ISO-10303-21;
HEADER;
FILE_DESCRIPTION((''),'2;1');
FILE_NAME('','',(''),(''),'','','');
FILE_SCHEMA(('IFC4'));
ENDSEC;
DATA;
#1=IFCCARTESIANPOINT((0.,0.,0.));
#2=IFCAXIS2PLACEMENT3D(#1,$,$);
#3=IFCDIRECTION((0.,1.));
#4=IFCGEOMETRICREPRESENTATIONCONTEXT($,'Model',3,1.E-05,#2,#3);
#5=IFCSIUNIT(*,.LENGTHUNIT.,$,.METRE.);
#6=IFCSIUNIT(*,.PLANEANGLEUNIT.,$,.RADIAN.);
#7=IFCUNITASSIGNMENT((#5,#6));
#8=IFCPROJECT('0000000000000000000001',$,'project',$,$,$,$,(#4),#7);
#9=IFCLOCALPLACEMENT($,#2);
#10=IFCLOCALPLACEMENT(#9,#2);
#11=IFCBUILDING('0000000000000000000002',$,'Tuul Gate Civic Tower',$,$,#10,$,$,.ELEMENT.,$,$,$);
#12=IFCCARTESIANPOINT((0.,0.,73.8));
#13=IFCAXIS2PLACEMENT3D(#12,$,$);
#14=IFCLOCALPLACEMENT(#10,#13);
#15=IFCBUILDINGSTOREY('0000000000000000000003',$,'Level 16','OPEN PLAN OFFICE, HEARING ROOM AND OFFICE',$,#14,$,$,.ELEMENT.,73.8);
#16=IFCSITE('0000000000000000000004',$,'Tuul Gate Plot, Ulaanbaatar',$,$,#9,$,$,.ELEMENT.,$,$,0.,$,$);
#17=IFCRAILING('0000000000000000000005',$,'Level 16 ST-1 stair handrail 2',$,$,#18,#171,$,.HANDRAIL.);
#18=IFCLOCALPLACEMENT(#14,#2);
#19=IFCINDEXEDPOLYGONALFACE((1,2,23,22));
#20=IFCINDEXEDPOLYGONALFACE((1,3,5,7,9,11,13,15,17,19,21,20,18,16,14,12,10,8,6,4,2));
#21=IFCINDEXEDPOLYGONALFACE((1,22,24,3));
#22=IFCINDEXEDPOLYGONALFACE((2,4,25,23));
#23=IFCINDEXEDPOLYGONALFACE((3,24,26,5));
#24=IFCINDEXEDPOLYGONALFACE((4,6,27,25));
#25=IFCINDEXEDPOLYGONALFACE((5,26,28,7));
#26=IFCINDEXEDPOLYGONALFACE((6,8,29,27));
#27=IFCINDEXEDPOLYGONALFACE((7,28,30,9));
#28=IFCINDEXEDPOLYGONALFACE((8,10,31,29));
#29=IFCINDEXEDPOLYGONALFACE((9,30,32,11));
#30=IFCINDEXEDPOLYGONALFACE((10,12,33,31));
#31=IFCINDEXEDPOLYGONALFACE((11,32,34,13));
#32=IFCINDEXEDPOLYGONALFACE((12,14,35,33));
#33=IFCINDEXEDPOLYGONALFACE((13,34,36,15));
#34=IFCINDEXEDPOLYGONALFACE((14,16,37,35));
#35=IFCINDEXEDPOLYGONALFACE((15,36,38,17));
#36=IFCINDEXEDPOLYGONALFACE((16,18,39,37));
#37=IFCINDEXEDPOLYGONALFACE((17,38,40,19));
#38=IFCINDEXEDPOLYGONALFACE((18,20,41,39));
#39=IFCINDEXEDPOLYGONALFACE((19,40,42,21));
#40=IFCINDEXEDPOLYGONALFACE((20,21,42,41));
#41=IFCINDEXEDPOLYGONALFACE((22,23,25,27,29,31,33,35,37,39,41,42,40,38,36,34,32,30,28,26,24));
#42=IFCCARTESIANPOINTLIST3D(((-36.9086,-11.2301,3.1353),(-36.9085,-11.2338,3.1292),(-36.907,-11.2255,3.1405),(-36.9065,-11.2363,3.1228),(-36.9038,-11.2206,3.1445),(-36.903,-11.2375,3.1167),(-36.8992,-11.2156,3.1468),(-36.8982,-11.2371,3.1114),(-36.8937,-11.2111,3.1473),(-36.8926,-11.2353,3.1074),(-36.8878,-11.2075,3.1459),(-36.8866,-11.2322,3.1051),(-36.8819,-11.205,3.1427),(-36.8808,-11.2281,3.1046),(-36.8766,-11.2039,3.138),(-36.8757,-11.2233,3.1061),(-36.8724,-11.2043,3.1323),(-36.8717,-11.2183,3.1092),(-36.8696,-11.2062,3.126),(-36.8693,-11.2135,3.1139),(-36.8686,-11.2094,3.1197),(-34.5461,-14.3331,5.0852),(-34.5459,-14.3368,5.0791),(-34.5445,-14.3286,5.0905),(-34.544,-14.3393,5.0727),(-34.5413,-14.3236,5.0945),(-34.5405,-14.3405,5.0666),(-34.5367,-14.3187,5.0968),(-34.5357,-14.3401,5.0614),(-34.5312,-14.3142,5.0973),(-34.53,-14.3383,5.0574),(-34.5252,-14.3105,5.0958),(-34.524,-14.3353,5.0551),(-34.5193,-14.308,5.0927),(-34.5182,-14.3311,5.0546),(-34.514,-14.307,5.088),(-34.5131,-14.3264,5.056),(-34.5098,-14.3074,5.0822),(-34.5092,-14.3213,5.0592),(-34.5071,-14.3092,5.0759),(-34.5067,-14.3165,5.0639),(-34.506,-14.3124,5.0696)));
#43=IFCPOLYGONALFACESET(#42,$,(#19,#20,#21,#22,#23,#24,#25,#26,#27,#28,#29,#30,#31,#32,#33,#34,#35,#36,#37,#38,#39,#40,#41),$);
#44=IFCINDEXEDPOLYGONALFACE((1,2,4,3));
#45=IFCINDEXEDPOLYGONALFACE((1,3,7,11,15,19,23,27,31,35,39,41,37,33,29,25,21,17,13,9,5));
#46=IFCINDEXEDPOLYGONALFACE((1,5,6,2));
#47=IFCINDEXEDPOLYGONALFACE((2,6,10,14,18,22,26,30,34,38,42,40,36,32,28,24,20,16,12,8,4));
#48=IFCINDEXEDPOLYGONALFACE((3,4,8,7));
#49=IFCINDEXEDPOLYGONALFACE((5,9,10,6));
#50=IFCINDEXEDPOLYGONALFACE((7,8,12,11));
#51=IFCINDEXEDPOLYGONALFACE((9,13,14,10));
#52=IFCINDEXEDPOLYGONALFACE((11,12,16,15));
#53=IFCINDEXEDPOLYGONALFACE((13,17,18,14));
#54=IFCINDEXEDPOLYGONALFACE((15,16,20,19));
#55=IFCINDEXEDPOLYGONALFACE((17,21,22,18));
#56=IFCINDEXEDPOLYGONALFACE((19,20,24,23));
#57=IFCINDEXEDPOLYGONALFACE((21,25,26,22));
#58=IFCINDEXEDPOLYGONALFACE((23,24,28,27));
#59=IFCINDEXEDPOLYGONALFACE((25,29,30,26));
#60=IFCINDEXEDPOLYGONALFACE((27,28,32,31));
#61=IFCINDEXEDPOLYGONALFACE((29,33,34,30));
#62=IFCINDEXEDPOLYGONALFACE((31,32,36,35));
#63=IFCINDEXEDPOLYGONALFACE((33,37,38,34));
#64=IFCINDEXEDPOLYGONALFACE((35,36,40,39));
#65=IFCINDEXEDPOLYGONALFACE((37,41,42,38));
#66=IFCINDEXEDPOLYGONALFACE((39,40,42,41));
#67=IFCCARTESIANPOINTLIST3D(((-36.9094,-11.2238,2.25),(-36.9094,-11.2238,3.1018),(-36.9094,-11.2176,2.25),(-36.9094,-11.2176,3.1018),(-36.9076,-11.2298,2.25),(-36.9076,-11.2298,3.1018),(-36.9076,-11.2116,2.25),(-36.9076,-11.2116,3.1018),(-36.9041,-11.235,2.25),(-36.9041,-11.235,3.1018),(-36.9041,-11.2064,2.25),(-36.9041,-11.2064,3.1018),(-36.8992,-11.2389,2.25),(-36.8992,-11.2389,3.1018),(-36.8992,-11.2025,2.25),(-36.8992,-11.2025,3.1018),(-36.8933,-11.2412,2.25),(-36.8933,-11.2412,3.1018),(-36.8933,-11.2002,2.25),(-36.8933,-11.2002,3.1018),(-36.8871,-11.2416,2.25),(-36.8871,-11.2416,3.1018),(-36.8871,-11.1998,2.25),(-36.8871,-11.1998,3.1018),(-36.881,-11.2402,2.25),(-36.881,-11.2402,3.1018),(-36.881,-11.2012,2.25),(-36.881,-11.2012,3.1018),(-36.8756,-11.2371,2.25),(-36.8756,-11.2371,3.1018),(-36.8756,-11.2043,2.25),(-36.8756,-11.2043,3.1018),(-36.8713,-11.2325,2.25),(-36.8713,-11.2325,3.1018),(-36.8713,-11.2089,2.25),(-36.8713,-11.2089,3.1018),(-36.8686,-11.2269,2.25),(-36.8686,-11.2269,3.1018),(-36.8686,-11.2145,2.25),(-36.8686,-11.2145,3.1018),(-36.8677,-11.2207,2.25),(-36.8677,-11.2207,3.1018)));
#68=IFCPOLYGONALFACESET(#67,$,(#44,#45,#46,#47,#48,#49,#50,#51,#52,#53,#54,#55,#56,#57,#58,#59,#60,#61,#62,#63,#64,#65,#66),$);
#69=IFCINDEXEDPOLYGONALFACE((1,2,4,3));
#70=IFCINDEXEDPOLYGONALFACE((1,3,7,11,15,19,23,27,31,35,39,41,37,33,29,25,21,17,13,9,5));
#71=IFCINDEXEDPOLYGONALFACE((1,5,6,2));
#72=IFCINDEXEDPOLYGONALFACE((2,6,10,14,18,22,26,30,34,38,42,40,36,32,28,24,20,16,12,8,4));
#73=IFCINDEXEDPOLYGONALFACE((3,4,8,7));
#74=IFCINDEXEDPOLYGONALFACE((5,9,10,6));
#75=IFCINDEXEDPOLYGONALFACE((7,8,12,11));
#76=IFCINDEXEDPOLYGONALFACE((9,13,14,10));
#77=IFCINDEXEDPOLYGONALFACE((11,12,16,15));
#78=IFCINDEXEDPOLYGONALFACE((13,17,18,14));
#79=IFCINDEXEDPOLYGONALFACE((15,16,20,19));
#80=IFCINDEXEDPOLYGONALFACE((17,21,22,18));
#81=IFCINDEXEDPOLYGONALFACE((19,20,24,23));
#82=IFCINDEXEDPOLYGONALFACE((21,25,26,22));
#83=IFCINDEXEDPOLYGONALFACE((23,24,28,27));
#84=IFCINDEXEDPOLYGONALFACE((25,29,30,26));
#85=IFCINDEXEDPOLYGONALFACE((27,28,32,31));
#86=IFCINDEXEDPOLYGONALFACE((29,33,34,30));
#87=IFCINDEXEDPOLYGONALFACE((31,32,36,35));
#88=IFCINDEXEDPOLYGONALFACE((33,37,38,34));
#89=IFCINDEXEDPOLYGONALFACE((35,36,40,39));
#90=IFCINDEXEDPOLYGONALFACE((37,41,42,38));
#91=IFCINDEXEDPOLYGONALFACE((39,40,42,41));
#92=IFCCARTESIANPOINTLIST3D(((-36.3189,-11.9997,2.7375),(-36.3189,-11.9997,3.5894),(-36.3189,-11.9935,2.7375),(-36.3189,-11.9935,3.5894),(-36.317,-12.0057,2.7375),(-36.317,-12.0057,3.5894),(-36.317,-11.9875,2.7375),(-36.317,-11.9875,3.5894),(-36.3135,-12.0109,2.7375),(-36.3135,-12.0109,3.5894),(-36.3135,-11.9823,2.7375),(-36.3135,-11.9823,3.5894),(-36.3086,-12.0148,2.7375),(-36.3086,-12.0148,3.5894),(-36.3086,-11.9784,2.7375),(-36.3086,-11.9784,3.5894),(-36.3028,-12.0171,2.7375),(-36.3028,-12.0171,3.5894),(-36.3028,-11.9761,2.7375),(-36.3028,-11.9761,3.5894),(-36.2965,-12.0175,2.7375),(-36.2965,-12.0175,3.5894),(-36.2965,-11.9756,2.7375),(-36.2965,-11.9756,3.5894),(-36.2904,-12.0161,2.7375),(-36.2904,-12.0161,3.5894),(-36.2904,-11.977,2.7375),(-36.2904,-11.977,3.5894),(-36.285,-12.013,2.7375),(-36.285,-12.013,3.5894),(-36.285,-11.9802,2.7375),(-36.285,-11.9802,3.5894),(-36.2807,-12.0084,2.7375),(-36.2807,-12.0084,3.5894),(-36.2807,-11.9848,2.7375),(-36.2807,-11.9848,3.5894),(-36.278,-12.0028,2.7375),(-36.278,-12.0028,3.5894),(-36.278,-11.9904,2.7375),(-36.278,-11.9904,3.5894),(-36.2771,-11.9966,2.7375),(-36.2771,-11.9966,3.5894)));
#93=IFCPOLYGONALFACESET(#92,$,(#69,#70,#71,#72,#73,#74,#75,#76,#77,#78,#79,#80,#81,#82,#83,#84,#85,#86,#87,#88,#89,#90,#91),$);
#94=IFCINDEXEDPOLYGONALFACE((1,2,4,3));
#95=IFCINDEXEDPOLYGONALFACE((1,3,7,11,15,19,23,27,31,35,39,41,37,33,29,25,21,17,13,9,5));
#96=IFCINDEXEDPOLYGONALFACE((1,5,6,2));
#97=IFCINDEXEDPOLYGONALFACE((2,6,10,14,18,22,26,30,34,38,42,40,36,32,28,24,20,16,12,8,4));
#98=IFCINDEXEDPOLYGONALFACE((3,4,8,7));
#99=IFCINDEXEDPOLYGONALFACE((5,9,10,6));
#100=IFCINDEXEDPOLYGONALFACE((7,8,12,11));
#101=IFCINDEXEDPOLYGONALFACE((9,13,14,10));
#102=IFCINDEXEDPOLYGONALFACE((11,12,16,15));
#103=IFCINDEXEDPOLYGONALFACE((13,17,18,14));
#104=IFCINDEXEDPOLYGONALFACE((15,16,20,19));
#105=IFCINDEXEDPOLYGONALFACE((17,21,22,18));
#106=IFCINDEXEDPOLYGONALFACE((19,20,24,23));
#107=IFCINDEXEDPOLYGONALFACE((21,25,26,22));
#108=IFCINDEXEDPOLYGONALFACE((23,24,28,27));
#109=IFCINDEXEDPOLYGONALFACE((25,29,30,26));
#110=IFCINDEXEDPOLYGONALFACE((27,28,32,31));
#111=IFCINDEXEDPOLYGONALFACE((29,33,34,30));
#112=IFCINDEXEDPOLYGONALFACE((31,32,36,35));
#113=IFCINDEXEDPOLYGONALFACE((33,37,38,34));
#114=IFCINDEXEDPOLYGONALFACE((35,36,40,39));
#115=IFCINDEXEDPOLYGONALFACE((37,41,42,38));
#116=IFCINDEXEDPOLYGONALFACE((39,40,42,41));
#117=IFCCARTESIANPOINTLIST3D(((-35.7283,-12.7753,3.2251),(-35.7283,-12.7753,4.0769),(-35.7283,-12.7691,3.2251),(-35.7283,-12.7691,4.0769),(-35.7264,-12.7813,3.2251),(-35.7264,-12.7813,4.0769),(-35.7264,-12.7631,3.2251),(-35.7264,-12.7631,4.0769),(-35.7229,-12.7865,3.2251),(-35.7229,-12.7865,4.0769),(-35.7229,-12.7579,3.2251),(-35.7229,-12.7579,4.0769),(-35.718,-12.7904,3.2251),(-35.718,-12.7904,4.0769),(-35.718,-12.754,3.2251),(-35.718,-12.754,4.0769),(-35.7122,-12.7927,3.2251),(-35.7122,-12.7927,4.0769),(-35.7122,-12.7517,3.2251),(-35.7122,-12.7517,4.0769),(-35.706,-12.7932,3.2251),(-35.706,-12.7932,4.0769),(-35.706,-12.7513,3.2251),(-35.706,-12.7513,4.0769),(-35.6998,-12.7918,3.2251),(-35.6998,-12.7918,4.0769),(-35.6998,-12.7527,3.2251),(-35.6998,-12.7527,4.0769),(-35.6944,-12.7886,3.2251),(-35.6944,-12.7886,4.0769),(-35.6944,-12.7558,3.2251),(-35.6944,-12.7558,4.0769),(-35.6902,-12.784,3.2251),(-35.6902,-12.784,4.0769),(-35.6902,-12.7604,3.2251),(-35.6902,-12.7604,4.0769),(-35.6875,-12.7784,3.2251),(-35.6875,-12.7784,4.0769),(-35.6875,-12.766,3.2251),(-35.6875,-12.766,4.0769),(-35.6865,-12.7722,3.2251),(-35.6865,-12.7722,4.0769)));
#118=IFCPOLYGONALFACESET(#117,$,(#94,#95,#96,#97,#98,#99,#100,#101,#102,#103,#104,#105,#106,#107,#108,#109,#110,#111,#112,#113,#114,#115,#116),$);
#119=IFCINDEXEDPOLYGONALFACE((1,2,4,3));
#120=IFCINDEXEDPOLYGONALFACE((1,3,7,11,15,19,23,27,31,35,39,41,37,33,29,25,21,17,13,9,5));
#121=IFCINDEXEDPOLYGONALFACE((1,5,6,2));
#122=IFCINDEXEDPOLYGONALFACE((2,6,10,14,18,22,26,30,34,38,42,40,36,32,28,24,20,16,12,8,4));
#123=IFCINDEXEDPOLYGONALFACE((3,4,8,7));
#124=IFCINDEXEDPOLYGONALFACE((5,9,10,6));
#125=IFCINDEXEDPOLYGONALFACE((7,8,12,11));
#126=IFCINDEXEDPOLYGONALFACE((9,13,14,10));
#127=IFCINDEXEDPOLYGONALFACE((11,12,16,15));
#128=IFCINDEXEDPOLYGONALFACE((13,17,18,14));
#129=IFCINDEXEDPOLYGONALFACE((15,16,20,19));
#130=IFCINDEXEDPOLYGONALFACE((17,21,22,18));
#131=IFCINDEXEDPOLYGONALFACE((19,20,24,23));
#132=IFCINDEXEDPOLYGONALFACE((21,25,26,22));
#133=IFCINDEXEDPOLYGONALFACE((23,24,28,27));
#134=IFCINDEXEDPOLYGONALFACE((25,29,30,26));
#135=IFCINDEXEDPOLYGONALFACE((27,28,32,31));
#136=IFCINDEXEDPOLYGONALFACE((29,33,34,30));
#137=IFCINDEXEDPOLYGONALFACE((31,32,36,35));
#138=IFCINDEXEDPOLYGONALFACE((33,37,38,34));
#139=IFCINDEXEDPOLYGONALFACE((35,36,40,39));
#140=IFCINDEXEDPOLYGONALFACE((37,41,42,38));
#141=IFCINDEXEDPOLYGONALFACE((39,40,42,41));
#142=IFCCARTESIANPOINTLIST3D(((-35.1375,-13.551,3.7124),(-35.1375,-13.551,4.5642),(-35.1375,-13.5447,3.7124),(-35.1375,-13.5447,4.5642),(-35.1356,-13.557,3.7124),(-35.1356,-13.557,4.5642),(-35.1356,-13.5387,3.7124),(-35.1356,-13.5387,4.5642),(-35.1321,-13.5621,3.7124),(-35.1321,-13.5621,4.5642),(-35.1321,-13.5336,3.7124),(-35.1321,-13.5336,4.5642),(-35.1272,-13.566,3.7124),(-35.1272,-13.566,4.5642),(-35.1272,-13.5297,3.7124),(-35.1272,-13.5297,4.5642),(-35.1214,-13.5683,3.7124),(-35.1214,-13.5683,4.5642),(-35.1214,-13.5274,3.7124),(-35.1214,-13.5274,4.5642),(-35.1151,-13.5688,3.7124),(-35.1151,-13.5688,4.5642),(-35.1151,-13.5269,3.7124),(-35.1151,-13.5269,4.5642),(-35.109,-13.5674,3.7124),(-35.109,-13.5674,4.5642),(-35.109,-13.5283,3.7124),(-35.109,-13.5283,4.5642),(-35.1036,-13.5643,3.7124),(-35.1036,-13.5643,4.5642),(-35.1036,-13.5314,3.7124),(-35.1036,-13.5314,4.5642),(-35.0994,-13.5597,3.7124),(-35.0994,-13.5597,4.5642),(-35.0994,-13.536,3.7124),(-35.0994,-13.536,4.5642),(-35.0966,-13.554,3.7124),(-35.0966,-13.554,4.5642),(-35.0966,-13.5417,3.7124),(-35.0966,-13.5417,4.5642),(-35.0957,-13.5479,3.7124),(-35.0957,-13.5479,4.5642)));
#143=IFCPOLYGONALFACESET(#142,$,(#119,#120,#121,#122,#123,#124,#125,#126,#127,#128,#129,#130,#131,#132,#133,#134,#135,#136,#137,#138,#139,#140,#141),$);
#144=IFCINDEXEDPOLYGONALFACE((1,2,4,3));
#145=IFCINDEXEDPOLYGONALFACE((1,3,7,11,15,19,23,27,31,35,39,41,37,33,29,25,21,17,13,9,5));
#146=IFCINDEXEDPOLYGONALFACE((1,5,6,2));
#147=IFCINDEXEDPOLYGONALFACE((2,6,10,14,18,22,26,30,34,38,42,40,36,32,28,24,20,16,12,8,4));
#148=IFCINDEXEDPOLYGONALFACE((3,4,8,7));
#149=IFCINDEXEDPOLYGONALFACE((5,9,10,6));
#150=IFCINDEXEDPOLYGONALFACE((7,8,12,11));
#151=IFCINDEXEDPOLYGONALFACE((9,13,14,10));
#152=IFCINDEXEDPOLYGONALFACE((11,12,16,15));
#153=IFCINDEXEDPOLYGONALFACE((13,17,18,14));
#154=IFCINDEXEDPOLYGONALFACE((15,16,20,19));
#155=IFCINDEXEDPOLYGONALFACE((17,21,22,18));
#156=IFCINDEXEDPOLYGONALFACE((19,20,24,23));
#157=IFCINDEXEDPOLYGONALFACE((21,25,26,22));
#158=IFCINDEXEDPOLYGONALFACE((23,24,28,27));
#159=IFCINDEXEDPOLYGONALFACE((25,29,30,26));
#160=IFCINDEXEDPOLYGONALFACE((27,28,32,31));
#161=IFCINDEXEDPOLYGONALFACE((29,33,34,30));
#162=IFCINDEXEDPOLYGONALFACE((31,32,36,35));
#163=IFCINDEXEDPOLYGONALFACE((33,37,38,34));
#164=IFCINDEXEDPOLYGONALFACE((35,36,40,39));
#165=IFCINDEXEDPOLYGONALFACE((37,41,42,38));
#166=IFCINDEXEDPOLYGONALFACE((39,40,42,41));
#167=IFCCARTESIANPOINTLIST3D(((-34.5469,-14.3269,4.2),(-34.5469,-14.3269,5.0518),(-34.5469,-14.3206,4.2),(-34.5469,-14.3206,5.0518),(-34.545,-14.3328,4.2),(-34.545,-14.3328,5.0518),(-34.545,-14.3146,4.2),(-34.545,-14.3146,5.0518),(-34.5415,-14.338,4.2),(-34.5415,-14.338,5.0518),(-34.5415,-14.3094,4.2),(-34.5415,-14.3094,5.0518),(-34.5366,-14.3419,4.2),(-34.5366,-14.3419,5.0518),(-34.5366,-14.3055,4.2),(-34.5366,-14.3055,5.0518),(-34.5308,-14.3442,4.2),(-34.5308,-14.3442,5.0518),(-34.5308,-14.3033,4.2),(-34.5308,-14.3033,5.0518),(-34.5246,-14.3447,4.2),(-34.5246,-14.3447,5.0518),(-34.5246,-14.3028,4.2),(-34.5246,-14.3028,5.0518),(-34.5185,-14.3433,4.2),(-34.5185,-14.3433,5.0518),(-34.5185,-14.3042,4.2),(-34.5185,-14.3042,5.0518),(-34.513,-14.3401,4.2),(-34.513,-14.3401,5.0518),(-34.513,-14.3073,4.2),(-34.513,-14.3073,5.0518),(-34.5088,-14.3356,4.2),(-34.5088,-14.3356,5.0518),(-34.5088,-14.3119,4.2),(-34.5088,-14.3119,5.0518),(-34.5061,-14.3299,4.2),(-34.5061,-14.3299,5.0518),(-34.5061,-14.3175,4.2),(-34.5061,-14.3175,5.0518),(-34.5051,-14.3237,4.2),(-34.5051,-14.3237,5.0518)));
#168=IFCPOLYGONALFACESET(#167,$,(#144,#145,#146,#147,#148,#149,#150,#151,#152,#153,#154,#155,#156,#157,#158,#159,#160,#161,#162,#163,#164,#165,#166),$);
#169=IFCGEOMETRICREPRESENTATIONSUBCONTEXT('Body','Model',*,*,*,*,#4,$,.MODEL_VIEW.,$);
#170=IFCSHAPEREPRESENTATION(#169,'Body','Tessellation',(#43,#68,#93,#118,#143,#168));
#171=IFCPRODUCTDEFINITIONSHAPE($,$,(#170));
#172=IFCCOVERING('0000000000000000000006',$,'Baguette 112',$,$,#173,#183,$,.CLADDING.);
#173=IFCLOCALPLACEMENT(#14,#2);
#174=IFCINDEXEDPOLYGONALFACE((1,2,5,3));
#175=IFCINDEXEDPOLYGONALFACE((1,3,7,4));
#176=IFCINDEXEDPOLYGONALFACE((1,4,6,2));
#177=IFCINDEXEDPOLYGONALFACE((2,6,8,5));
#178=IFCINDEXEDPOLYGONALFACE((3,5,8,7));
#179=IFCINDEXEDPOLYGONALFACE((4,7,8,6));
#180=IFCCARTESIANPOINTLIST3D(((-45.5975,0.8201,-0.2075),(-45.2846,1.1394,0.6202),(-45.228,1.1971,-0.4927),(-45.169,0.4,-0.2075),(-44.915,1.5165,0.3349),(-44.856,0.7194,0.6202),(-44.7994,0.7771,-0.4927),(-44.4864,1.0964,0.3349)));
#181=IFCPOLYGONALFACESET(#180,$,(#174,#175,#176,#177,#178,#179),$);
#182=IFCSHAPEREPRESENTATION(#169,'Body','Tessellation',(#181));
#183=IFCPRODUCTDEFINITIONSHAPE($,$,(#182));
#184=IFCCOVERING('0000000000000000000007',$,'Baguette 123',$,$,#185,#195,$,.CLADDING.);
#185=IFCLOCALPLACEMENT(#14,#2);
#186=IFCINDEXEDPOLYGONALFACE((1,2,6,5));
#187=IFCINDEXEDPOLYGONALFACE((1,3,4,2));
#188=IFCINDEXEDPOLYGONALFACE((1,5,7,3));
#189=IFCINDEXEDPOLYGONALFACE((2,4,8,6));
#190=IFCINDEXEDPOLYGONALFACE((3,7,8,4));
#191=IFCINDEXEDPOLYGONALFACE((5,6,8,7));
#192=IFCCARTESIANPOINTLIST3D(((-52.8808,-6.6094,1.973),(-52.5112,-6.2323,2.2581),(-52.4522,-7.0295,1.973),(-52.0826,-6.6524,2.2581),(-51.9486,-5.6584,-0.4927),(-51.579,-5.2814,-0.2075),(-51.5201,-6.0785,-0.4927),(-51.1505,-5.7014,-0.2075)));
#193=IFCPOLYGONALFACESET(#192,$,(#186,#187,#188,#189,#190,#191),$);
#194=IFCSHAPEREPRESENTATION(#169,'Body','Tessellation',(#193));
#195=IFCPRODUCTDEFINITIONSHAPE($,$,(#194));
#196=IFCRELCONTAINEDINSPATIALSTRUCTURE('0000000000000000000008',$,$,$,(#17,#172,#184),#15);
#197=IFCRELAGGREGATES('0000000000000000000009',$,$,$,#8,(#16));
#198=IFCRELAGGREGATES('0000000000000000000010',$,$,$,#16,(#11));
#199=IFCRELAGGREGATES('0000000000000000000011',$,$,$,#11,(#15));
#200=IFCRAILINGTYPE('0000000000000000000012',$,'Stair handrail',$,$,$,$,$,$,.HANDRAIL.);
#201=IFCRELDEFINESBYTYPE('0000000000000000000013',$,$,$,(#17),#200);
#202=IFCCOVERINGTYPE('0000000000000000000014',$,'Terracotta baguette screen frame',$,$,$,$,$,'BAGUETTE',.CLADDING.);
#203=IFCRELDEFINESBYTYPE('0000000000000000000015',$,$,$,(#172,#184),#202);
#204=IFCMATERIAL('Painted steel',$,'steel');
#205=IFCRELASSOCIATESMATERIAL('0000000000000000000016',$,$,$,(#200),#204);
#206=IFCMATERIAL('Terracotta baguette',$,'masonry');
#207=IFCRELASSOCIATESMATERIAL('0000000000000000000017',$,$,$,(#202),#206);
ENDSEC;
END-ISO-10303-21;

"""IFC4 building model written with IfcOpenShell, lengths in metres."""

from ifc_helpers import new_model, si_unit, direction, frame, origin, origin_2d, place, context, subcontext, project, spatial, rectangle, circle, extrude, material, material_profile, profile_set, type_object, element, save


model = new_model("IFC4")

# Units and contexts
model_context = context("Model", 3, precision=1e-05, world=origin(), true_north=direction((0.0, 1.0)))
body_context = subcontext(model_context, "Body", "Model", "MODEL_VIEW")
ifc_project = project(units=[si_unit("LENGTHUNIT", "METRE"), si_unit("PLANEANGLEUNIT", "RADIAN")], contexts=[model_context])

# Site, building, storey
site_placement = place(None, origin())
site = spatial("IfcSite", under=ifc_project, at=site_placement, Name="Tuul Gate Plot, Ulaanbaatar", CompositionType="ELEMENT", RefElevation=0.0)
building_placement = place(site_placement, origin())
building = spatial("IfcBuilding", under=site, at=building_placement, Name="Tuul Gate Civic Tower", CompositionType="ELEMENT")
storey_placement = place(building_placement, frame((0.0, 0.0, 73.8)))
storey = spatial("IfcBuildingStorey", under=building, at=storey_placement, Name="Level 16", Description="OPEN PLAN OFFICE, HEARING ROOM AND OFFICE", CompositionType="ELEMENT", Elevation=73.8)

# Railing
ifc_material_1 = material(Name="Painted steel", Category="steel")
railing_type = type_object("IfcRailingType", Name="Stair handrail", PredefinedType="HANDRAIL", material=ifc_material_1)
railing_placement = place(storey_placement, frame((-36.8887, -11.2207, 2.25)))
element("IfcRailing", 1, at=railing_placement, inside=storey, type_object=railing_type, Name="Level 16 ST-1 stair handrail 2", PredefinedType="HANDRAIL", context=body_context, shape_type="SweptSolid", body=[
    extrude(circle(Radius=0.0239, at=origin_2d()), frame((0.0, 0.0, 0.876), z_axis=(0.541824, -0.711645, 0.4472), x_axis=(0.795637, 0.605773, 0.0)), (0.0, 0.0, 1.0), 4.3604),
    extrude(circle(Radius=0.021, at=origin_2d()), origin(), (0.0, 0.0, 1.0), 0.8518),
    extrude(circle(Radius=0.021, at=origin_2d()), frame((0.5906, -0.7759, 0.4875)), (0.0, 0.0, 1.0), 0.8518),
    extrude(circle(Radius=0.021, at=origin_2d()), frame((1.1812, -1.5515, 0.9751)), (0.0, 0.0, 1.0), 0.8518),
    extrude(circle(Radius=0.021, at=origin_2d()), frame((1.772, -2.3271, 1.4624)), (0.0, 0.0, 1.0), 0.8518),
    extrude(circle(Radius=0.021, at=origin_2d()), frame((2.3625, -3.103, 1.95)), (0.0, 0.0, 1.0), 0.8518),
])

# Coverings
ifc_material_2 = material(Name="Terracotta baguette", Category="masonry")
ifc_material_profile_1 = material_profile(ifc_material_2, rectangle(XDim=0.6001, YDim=0.6001, at=origin_2d()), Name="Terracotta baguette screen frame")
ifc_profile_set_1 = profile_set([ifc_material_profile_1], Name="Terracotta baguette")
covering_type = type_object("IfcCoveringType", Name="Terracotta baguette screen frame", ElementType="BAGUETTE", PredefinedType="CLADDING", material=ifc_profile_set_1)
covering_1_placement = place(storey_placement, frame((-44.8855, 1.1179, 0.4775), z_axis=(-0.332718, -0.339466, -0.879808), x_axis=(0.714169, -0.699973, 0.0)))
element("IfcCovering", 2, at=covering_1_placement, inside=storey, type_object=covering_type, Name="Baguette 112", PredefinedType="CLADDING", context=body_context, shape_type="SweptSolid", body=[
    extrude(rectangle(XDim=0.6001, YDim=0.6001, at=origin_2d()), origin(), (0.0, 0.0, 1.0), 0.9407),
])
covering_2_placement = place(storey_placement, frame((-51.5496, -5.6799, -0.3501), z_axis=(-0.332645, -0.339353, 0.879879), x_axis=(0.71413, -0.700013, 0.0)))
element("IfcCovering", 3, at=covering_2_placement, inside=storey, type_object=covering_type, Name="Baguette 123", PredefinedType="CLADDING", context=body_context, shape_type="SweptSolid", body=[
    extrude(rectangle(XDim=0.6001, YDim=0.6001, at=origin_2d()), origin(), (0.0, 0.0, 1.0), 2.8022),
])

save(model, "model.ifc")
